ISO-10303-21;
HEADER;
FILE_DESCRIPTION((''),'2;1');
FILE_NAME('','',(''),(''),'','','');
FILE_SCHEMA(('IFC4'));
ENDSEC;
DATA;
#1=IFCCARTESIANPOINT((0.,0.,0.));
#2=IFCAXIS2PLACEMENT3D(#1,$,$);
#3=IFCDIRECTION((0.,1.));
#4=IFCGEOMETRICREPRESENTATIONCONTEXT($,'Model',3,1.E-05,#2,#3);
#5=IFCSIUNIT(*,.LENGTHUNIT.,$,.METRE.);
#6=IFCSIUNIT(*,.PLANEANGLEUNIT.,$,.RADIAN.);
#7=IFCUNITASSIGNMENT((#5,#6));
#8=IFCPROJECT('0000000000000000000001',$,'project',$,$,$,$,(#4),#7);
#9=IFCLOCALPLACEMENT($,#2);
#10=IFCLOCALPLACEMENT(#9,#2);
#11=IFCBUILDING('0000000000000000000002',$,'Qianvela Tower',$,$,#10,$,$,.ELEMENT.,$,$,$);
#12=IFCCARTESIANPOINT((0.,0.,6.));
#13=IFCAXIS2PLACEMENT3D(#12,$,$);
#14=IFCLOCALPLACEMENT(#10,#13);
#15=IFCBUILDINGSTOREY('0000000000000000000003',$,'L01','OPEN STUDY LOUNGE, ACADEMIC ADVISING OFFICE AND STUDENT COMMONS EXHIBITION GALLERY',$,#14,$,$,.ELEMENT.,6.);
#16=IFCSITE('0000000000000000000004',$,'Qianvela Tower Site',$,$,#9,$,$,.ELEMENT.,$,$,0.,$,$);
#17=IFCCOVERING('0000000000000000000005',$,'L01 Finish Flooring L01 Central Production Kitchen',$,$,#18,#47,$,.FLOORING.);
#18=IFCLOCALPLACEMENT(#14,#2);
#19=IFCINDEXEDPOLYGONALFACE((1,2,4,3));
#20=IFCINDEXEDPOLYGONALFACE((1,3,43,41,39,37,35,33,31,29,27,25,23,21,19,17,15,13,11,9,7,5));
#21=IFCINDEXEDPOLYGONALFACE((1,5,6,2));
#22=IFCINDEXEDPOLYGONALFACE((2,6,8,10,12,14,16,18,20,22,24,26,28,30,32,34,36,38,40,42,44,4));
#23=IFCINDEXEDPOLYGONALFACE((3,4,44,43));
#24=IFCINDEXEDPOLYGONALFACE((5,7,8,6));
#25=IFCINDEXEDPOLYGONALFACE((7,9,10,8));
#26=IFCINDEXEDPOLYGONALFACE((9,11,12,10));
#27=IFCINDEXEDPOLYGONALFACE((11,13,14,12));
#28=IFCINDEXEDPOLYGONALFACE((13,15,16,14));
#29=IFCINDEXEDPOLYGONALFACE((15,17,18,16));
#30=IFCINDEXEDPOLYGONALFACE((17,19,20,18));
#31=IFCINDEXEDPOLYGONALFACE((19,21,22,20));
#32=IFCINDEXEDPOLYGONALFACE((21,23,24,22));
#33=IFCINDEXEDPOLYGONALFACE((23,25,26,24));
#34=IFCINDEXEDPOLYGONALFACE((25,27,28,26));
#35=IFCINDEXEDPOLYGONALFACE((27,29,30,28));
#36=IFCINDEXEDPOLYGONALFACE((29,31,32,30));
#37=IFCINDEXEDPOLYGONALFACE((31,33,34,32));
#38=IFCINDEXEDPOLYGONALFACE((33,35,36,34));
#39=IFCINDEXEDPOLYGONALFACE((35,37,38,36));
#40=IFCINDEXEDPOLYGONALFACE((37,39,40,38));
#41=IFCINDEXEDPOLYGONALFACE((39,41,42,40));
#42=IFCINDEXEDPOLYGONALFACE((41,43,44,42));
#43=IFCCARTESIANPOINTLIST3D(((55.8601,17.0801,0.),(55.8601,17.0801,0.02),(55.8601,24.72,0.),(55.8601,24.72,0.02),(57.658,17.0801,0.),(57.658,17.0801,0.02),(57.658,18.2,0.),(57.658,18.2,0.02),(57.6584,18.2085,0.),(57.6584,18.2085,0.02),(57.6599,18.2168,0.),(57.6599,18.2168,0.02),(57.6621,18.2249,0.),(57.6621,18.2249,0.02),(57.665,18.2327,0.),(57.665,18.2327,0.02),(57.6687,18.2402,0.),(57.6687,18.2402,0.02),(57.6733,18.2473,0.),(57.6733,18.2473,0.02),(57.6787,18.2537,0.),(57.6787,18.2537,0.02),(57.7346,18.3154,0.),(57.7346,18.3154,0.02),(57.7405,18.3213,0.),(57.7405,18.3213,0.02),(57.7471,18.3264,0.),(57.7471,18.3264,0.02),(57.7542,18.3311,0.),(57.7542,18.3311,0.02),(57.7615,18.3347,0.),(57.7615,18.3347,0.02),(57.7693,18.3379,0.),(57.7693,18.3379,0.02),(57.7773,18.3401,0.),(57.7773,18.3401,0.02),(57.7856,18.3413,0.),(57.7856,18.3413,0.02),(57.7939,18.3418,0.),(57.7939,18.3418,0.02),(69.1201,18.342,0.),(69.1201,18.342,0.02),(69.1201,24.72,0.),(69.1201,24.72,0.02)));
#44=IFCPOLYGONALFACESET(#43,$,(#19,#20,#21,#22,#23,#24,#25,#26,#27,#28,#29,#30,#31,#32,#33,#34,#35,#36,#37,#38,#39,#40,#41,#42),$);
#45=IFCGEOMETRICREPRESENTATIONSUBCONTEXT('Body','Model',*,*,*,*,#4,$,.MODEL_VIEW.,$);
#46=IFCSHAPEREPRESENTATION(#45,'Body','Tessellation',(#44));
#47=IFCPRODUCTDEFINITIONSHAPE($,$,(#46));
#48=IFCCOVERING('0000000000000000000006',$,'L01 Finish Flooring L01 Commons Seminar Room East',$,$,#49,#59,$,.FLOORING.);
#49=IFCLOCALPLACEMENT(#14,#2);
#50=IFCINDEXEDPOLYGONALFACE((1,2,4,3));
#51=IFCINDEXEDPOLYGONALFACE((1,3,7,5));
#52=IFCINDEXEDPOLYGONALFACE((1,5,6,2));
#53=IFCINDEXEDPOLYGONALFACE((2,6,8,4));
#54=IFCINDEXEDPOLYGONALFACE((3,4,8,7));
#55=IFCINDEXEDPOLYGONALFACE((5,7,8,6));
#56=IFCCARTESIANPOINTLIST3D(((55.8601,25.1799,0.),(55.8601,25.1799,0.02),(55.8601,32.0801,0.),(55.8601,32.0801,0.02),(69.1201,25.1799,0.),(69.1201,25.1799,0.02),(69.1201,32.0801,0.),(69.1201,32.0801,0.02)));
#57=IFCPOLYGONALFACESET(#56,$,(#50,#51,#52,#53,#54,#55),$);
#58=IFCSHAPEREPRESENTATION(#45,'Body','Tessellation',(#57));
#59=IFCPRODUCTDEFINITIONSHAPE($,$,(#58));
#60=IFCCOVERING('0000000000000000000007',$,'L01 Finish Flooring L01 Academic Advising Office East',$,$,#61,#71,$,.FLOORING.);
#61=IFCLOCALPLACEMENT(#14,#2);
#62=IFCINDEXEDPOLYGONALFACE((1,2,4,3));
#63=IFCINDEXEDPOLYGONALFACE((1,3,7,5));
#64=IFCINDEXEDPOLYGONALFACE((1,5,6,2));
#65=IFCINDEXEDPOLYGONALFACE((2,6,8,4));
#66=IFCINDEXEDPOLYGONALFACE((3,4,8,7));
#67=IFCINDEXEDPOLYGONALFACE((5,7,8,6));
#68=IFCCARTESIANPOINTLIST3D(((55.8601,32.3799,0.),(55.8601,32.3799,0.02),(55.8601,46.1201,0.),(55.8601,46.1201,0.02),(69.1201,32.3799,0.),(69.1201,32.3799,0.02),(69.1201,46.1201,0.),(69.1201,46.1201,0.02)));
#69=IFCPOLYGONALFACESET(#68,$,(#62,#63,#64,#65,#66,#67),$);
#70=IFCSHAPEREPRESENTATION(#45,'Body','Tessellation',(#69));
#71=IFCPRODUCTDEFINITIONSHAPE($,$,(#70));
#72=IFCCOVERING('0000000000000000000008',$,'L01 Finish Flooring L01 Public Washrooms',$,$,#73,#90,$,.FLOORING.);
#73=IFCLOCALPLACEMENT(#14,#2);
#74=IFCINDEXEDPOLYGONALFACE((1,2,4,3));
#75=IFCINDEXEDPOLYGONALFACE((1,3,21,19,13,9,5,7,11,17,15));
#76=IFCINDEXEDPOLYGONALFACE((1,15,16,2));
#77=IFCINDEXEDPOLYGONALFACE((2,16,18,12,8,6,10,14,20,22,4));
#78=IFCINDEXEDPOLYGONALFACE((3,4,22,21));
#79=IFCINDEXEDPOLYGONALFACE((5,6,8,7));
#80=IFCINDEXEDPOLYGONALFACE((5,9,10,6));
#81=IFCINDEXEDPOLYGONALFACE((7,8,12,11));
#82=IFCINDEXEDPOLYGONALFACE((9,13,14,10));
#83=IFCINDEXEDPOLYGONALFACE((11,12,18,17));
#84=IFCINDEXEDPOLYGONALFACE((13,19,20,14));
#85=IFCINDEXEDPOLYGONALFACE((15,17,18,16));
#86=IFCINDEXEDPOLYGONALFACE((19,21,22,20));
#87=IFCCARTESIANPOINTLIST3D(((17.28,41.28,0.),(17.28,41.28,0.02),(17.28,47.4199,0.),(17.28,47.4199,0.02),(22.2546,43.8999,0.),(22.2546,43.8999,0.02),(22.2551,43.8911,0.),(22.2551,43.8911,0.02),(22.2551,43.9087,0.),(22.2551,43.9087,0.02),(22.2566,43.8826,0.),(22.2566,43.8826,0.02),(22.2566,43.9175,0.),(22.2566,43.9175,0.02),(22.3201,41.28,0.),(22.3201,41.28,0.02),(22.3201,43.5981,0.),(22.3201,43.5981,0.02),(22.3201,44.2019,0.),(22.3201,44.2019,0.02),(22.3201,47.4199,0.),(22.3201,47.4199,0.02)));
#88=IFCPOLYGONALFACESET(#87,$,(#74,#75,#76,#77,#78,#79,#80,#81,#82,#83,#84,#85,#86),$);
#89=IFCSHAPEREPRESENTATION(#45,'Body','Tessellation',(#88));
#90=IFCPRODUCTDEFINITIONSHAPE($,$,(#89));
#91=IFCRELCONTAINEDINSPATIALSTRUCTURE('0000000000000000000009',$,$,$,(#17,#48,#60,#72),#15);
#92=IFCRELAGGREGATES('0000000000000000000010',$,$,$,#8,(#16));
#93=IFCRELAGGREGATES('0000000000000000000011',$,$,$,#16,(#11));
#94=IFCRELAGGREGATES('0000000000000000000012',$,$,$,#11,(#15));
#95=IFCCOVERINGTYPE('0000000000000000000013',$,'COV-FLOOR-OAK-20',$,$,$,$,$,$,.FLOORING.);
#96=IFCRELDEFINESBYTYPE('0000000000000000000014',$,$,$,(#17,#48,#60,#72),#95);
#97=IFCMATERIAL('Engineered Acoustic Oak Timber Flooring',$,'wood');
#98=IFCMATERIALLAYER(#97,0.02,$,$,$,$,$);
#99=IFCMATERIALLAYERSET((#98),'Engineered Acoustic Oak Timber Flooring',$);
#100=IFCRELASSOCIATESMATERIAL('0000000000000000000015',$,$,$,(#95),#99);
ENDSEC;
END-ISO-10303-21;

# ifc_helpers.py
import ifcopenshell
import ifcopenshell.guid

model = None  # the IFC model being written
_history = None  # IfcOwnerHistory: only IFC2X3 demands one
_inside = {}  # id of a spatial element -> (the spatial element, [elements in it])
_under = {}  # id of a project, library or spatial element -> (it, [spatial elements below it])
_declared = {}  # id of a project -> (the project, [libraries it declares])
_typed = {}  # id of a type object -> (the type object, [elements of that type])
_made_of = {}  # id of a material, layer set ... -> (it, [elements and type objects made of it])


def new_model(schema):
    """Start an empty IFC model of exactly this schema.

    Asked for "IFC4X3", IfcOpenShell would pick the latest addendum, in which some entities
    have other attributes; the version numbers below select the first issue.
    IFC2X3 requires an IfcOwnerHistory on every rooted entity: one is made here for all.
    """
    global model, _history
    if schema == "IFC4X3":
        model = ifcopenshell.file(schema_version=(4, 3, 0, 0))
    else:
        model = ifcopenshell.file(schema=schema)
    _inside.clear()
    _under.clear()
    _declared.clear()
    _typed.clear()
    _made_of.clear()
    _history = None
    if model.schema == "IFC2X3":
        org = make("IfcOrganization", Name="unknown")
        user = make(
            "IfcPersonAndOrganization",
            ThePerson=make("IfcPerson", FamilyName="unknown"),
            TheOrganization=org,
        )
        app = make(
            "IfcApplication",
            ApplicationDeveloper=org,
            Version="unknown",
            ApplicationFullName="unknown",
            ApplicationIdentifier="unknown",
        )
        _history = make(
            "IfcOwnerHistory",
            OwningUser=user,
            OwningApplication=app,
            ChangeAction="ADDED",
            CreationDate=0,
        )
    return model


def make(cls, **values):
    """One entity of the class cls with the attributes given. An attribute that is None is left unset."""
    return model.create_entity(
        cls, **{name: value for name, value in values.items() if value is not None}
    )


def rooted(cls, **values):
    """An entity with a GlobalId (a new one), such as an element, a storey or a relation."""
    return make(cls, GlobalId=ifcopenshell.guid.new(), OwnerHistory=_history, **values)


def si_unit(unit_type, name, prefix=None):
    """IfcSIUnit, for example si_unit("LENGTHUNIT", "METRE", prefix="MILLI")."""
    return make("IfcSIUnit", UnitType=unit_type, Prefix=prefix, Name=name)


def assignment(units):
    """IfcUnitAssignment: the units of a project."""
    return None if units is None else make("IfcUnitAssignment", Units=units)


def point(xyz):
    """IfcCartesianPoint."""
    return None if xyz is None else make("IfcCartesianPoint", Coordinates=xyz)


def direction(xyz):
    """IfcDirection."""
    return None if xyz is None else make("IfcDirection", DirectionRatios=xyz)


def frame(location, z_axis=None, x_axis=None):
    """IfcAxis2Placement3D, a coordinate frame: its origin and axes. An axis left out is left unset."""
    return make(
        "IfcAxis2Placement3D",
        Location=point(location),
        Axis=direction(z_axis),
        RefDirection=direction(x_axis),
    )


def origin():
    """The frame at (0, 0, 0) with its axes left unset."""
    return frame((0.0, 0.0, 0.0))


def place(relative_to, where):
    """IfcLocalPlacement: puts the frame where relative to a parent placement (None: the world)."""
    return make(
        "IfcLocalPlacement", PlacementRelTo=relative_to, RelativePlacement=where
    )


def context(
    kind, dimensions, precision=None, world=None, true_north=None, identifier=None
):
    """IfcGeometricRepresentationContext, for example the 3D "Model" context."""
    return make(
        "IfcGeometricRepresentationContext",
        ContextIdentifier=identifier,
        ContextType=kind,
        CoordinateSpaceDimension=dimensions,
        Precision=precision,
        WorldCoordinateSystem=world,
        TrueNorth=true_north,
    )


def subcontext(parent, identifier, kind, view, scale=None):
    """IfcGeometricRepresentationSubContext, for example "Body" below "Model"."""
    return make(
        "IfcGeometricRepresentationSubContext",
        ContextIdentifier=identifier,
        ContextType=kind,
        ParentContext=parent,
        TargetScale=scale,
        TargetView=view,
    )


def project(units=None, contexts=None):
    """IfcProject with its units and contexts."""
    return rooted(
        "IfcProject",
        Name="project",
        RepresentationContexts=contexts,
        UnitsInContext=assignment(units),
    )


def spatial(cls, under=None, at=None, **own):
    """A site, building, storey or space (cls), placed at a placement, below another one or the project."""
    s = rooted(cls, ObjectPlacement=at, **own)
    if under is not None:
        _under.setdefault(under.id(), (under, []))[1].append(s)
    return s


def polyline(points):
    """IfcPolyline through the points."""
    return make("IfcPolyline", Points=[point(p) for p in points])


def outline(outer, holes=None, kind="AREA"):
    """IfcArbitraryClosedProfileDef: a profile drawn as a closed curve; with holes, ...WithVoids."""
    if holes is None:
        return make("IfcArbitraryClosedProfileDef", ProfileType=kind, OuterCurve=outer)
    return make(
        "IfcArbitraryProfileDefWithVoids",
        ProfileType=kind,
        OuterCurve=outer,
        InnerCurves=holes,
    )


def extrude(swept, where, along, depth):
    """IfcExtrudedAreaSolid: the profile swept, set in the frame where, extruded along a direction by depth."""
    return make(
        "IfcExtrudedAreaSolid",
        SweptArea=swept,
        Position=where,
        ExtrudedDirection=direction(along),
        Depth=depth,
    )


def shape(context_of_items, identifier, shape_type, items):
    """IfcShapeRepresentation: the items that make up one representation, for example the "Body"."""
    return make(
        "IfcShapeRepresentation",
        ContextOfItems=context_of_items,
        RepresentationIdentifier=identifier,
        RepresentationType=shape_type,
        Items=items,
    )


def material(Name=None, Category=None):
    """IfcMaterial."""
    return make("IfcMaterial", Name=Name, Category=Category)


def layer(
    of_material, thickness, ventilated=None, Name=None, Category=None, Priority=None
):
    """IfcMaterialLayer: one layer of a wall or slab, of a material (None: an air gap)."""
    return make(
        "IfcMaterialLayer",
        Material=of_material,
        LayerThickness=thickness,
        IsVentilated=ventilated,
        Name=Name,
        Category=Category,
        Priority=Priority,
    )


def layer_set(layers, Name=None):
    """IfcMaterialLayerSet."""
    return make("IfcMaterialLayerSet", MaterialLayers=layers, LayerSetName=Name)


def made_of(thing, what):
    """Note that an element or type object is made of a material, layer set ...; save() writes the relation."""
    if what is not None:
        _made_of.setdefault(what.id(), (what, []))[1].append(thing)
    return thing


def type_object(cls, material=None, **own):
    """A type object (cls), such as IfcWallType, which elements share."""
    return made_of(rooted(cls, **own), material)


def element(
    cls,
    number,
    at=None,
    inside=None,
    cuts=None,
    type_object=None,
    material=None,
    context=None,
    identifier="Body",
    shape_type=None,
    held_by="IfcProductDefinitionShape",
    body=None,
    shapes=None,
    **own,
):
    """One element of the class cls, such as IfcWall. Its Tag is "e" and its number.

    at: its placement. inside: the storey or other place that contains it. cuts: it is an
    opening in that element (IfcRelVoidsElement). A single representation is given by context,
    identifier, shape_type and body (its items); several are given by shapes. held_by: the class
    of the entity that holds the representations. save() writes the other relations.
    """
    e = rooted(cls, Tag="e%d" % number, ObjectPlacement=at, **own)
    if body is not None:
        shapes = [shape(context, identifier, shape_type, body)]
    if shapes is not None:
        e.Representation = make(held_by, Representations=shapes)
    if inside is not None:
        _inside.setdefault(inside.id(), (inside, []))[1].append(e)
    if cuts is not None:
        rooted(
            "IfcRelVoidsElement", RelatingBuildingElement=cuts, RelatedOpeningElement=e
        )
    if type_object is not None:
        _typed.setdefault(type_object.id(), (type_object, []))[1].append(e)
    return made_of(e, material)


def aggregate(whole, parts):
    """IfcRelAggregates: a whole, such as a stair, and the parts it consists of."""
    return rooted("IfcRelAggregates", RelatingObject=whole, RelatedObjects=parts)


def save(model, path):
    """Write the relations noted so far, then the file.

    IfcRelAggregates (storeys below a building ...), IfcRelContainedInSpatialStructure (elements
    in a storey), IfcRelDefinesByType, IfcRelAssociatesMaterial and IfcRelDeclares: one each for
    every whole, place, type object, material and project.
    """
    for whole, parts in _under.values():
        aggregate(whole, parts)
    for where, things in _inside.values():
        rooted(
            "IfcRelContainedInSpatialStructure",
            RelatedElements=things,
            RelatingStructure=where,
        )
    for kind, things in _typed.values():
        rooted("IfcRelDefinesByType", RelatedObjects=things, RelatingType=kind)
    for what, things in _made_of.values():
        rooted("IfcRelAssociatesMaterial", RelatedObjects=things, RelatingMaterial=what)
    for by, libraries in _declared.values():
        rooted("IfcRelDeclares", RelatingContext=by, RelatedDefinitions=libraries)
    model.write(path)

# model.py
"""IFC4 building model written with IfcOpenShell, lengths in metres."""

from ifc_helpers import new_model, si_unit, direction, frame, origin, place, context, subcontext, project, spatial, polyline, outline, extrude, material, layer, layer_set, type_object, element, save


model = new_model("IFC4")

# Units and contexts
model_context = context("Model", 3, precision=1e-05, world=origin(), true_north=direction((0.0, 1.0)))
body_context = subcontext(model_context, "Body", "Model", "MODEL_VIEW")
ifc_project = project(units=[si_unit("LENGTHUNIT", "METRE"), si_unit("PLANEANGLEUNIT", "RADIAN")], contexts=[model_context])

# Site, building, storey
site_placement = place(None, origin())
site = spatial("IfcSite", under=ifc_project, at=site_placement, Name="Qianvela Tower Site", CompositionType="ELEMENT", RefElevation=0.0)
building_placement = place(site_placement, origin())
building = spatial("IfcBuilding", under=site, at=building_placement, Name="Qianvela Tower", CompositionType="ELEMENT")
storey_placement = place(building_placement, frame((0.0, 0.0, 6.0)))
storey = spatial("IfcBuildingStorey", under=building, at=storey_placement, Name="L01", Description="OPEN STUDY LOUNGE, ACADEMIC ADVISING OFFICE AND STUDENT COMMONS EXHIBITION GALLERY", CompositionType="ELEMENT", Elevation=6.0)

# Coverings
ifc_material_1 = material(Name="Engineered Acoustic Oak Timber Flooring", Category="wood")
ifc_layer_1 = layer(ifc_material_1, 0.02)
ifc_layer_set_1 = layer_set([ifc_layer_1], Name="Engineered Acoustic Oak Timber Flooring")
covering_type_1 = type_object("IfcCoveringType", Name="COV-FLOOR-OAK-20", PredefinedType="FLOORING", material=ifc_layer_set_1)
covering_1_placement = place(storey_placement, origin())
element("IfcCovering", 1, at=covering_1_placement, inside=storey, type_object=covering_type_1, Name="L01 Finish Flooring L01 Central Production Kitchen", PredefinedType="FLOORING", context=body_context, shape_type="SweptSolid", body=[
    extrude(outline(polyline([(69.1201, 18.342), (57.7939, 18.3418), (57.7856, 18.3413), (57.7773, 18.3401), (57.7693, 18.3379), (57.7615, 18.3347), (57.7542, 18.3311), (57.7471, 18.3264), (57.7405, 18.3213), (57.7346, 18.3154), (57.6787, 18.2537), (57.6733, 18.2473), (57.6687, 18.2402), (57.665, 18.2327), (57.6621, 18.2249), (57.6599, 18.2168), (57.6584, 18.2085), (57.658, 18.2), (57.658, 17.0801), (55.8601, 17.0801), (55.8601, 24.72), (69.1201, 24.72), (69.1201, 18.342)])), origin(), (0.0, 0.0, 1.0), 0.02),
])
covering_2_placement = place(storey_placement, origin())
element("IfcCovering", 2, at=covering_2_placement, inside=storey, type_object=covering_type_1, Name="L01 Finish Flooring L01 Commons Seminar Room East", PredefinedType="FLOORING", context=body_context, shape_type="SweptSolid", body=[
    extrude(outline(polyline([(69.1201, 25.1799), (55.8601, 25.1799), (55.8601, 32.0801), (69.1201, 32.0801), (69.1201, 25.1799)])), origin(), (0.0, 0.0, 1.0), 0.02),
])
covering_3_placement = place(storey_placement, origin())
element("IfcCovering", 3, at=covering_3_placement, inside=storey, type_object=covering_type_1, Name="L01 Finish Flooring L01 Academic Advising Office East", PredefinedType="FLOORING", context=body_context, shape_type="SweptSolid", body=[
    extrude(outline(polyline([(69.1201, 32.3799), (55.8601, 32.3799), (55.8601, 46.1201), (69.1201, 46.1201), (69.1201, 32.3799)])), origin(), (0.0, 0.0, 1.0), 0.02),
])
covering_4_placement = place(storey_placement, origin())
element("IfcCovering", 4, at=covering_4_placement, inside=storey, type_object=covering_type_1, Name="L01 Finish Flooring L01 Public Washrooms", PredefinedType="FLOORING", context=body_context, shape_type="SweptSolid", body=[
    extrude(outline(polyline([(17.28, 41.28), (17.28, 47.4199), (22.3201, 47.4199), (22.3201, 44.2019), (22.2566, 43.9175), (22.2551, 43.9087), (22.2546, 43.8999), (22.2551, 43.8911), (22.2566, 43.8826), (22.3201, 43.5981), (22.3201, 41.28), (17.28, 41.28)])), origin(), (0.0, 0.0, 1.0), 0.02),
])

save(model, "model.ifc")
